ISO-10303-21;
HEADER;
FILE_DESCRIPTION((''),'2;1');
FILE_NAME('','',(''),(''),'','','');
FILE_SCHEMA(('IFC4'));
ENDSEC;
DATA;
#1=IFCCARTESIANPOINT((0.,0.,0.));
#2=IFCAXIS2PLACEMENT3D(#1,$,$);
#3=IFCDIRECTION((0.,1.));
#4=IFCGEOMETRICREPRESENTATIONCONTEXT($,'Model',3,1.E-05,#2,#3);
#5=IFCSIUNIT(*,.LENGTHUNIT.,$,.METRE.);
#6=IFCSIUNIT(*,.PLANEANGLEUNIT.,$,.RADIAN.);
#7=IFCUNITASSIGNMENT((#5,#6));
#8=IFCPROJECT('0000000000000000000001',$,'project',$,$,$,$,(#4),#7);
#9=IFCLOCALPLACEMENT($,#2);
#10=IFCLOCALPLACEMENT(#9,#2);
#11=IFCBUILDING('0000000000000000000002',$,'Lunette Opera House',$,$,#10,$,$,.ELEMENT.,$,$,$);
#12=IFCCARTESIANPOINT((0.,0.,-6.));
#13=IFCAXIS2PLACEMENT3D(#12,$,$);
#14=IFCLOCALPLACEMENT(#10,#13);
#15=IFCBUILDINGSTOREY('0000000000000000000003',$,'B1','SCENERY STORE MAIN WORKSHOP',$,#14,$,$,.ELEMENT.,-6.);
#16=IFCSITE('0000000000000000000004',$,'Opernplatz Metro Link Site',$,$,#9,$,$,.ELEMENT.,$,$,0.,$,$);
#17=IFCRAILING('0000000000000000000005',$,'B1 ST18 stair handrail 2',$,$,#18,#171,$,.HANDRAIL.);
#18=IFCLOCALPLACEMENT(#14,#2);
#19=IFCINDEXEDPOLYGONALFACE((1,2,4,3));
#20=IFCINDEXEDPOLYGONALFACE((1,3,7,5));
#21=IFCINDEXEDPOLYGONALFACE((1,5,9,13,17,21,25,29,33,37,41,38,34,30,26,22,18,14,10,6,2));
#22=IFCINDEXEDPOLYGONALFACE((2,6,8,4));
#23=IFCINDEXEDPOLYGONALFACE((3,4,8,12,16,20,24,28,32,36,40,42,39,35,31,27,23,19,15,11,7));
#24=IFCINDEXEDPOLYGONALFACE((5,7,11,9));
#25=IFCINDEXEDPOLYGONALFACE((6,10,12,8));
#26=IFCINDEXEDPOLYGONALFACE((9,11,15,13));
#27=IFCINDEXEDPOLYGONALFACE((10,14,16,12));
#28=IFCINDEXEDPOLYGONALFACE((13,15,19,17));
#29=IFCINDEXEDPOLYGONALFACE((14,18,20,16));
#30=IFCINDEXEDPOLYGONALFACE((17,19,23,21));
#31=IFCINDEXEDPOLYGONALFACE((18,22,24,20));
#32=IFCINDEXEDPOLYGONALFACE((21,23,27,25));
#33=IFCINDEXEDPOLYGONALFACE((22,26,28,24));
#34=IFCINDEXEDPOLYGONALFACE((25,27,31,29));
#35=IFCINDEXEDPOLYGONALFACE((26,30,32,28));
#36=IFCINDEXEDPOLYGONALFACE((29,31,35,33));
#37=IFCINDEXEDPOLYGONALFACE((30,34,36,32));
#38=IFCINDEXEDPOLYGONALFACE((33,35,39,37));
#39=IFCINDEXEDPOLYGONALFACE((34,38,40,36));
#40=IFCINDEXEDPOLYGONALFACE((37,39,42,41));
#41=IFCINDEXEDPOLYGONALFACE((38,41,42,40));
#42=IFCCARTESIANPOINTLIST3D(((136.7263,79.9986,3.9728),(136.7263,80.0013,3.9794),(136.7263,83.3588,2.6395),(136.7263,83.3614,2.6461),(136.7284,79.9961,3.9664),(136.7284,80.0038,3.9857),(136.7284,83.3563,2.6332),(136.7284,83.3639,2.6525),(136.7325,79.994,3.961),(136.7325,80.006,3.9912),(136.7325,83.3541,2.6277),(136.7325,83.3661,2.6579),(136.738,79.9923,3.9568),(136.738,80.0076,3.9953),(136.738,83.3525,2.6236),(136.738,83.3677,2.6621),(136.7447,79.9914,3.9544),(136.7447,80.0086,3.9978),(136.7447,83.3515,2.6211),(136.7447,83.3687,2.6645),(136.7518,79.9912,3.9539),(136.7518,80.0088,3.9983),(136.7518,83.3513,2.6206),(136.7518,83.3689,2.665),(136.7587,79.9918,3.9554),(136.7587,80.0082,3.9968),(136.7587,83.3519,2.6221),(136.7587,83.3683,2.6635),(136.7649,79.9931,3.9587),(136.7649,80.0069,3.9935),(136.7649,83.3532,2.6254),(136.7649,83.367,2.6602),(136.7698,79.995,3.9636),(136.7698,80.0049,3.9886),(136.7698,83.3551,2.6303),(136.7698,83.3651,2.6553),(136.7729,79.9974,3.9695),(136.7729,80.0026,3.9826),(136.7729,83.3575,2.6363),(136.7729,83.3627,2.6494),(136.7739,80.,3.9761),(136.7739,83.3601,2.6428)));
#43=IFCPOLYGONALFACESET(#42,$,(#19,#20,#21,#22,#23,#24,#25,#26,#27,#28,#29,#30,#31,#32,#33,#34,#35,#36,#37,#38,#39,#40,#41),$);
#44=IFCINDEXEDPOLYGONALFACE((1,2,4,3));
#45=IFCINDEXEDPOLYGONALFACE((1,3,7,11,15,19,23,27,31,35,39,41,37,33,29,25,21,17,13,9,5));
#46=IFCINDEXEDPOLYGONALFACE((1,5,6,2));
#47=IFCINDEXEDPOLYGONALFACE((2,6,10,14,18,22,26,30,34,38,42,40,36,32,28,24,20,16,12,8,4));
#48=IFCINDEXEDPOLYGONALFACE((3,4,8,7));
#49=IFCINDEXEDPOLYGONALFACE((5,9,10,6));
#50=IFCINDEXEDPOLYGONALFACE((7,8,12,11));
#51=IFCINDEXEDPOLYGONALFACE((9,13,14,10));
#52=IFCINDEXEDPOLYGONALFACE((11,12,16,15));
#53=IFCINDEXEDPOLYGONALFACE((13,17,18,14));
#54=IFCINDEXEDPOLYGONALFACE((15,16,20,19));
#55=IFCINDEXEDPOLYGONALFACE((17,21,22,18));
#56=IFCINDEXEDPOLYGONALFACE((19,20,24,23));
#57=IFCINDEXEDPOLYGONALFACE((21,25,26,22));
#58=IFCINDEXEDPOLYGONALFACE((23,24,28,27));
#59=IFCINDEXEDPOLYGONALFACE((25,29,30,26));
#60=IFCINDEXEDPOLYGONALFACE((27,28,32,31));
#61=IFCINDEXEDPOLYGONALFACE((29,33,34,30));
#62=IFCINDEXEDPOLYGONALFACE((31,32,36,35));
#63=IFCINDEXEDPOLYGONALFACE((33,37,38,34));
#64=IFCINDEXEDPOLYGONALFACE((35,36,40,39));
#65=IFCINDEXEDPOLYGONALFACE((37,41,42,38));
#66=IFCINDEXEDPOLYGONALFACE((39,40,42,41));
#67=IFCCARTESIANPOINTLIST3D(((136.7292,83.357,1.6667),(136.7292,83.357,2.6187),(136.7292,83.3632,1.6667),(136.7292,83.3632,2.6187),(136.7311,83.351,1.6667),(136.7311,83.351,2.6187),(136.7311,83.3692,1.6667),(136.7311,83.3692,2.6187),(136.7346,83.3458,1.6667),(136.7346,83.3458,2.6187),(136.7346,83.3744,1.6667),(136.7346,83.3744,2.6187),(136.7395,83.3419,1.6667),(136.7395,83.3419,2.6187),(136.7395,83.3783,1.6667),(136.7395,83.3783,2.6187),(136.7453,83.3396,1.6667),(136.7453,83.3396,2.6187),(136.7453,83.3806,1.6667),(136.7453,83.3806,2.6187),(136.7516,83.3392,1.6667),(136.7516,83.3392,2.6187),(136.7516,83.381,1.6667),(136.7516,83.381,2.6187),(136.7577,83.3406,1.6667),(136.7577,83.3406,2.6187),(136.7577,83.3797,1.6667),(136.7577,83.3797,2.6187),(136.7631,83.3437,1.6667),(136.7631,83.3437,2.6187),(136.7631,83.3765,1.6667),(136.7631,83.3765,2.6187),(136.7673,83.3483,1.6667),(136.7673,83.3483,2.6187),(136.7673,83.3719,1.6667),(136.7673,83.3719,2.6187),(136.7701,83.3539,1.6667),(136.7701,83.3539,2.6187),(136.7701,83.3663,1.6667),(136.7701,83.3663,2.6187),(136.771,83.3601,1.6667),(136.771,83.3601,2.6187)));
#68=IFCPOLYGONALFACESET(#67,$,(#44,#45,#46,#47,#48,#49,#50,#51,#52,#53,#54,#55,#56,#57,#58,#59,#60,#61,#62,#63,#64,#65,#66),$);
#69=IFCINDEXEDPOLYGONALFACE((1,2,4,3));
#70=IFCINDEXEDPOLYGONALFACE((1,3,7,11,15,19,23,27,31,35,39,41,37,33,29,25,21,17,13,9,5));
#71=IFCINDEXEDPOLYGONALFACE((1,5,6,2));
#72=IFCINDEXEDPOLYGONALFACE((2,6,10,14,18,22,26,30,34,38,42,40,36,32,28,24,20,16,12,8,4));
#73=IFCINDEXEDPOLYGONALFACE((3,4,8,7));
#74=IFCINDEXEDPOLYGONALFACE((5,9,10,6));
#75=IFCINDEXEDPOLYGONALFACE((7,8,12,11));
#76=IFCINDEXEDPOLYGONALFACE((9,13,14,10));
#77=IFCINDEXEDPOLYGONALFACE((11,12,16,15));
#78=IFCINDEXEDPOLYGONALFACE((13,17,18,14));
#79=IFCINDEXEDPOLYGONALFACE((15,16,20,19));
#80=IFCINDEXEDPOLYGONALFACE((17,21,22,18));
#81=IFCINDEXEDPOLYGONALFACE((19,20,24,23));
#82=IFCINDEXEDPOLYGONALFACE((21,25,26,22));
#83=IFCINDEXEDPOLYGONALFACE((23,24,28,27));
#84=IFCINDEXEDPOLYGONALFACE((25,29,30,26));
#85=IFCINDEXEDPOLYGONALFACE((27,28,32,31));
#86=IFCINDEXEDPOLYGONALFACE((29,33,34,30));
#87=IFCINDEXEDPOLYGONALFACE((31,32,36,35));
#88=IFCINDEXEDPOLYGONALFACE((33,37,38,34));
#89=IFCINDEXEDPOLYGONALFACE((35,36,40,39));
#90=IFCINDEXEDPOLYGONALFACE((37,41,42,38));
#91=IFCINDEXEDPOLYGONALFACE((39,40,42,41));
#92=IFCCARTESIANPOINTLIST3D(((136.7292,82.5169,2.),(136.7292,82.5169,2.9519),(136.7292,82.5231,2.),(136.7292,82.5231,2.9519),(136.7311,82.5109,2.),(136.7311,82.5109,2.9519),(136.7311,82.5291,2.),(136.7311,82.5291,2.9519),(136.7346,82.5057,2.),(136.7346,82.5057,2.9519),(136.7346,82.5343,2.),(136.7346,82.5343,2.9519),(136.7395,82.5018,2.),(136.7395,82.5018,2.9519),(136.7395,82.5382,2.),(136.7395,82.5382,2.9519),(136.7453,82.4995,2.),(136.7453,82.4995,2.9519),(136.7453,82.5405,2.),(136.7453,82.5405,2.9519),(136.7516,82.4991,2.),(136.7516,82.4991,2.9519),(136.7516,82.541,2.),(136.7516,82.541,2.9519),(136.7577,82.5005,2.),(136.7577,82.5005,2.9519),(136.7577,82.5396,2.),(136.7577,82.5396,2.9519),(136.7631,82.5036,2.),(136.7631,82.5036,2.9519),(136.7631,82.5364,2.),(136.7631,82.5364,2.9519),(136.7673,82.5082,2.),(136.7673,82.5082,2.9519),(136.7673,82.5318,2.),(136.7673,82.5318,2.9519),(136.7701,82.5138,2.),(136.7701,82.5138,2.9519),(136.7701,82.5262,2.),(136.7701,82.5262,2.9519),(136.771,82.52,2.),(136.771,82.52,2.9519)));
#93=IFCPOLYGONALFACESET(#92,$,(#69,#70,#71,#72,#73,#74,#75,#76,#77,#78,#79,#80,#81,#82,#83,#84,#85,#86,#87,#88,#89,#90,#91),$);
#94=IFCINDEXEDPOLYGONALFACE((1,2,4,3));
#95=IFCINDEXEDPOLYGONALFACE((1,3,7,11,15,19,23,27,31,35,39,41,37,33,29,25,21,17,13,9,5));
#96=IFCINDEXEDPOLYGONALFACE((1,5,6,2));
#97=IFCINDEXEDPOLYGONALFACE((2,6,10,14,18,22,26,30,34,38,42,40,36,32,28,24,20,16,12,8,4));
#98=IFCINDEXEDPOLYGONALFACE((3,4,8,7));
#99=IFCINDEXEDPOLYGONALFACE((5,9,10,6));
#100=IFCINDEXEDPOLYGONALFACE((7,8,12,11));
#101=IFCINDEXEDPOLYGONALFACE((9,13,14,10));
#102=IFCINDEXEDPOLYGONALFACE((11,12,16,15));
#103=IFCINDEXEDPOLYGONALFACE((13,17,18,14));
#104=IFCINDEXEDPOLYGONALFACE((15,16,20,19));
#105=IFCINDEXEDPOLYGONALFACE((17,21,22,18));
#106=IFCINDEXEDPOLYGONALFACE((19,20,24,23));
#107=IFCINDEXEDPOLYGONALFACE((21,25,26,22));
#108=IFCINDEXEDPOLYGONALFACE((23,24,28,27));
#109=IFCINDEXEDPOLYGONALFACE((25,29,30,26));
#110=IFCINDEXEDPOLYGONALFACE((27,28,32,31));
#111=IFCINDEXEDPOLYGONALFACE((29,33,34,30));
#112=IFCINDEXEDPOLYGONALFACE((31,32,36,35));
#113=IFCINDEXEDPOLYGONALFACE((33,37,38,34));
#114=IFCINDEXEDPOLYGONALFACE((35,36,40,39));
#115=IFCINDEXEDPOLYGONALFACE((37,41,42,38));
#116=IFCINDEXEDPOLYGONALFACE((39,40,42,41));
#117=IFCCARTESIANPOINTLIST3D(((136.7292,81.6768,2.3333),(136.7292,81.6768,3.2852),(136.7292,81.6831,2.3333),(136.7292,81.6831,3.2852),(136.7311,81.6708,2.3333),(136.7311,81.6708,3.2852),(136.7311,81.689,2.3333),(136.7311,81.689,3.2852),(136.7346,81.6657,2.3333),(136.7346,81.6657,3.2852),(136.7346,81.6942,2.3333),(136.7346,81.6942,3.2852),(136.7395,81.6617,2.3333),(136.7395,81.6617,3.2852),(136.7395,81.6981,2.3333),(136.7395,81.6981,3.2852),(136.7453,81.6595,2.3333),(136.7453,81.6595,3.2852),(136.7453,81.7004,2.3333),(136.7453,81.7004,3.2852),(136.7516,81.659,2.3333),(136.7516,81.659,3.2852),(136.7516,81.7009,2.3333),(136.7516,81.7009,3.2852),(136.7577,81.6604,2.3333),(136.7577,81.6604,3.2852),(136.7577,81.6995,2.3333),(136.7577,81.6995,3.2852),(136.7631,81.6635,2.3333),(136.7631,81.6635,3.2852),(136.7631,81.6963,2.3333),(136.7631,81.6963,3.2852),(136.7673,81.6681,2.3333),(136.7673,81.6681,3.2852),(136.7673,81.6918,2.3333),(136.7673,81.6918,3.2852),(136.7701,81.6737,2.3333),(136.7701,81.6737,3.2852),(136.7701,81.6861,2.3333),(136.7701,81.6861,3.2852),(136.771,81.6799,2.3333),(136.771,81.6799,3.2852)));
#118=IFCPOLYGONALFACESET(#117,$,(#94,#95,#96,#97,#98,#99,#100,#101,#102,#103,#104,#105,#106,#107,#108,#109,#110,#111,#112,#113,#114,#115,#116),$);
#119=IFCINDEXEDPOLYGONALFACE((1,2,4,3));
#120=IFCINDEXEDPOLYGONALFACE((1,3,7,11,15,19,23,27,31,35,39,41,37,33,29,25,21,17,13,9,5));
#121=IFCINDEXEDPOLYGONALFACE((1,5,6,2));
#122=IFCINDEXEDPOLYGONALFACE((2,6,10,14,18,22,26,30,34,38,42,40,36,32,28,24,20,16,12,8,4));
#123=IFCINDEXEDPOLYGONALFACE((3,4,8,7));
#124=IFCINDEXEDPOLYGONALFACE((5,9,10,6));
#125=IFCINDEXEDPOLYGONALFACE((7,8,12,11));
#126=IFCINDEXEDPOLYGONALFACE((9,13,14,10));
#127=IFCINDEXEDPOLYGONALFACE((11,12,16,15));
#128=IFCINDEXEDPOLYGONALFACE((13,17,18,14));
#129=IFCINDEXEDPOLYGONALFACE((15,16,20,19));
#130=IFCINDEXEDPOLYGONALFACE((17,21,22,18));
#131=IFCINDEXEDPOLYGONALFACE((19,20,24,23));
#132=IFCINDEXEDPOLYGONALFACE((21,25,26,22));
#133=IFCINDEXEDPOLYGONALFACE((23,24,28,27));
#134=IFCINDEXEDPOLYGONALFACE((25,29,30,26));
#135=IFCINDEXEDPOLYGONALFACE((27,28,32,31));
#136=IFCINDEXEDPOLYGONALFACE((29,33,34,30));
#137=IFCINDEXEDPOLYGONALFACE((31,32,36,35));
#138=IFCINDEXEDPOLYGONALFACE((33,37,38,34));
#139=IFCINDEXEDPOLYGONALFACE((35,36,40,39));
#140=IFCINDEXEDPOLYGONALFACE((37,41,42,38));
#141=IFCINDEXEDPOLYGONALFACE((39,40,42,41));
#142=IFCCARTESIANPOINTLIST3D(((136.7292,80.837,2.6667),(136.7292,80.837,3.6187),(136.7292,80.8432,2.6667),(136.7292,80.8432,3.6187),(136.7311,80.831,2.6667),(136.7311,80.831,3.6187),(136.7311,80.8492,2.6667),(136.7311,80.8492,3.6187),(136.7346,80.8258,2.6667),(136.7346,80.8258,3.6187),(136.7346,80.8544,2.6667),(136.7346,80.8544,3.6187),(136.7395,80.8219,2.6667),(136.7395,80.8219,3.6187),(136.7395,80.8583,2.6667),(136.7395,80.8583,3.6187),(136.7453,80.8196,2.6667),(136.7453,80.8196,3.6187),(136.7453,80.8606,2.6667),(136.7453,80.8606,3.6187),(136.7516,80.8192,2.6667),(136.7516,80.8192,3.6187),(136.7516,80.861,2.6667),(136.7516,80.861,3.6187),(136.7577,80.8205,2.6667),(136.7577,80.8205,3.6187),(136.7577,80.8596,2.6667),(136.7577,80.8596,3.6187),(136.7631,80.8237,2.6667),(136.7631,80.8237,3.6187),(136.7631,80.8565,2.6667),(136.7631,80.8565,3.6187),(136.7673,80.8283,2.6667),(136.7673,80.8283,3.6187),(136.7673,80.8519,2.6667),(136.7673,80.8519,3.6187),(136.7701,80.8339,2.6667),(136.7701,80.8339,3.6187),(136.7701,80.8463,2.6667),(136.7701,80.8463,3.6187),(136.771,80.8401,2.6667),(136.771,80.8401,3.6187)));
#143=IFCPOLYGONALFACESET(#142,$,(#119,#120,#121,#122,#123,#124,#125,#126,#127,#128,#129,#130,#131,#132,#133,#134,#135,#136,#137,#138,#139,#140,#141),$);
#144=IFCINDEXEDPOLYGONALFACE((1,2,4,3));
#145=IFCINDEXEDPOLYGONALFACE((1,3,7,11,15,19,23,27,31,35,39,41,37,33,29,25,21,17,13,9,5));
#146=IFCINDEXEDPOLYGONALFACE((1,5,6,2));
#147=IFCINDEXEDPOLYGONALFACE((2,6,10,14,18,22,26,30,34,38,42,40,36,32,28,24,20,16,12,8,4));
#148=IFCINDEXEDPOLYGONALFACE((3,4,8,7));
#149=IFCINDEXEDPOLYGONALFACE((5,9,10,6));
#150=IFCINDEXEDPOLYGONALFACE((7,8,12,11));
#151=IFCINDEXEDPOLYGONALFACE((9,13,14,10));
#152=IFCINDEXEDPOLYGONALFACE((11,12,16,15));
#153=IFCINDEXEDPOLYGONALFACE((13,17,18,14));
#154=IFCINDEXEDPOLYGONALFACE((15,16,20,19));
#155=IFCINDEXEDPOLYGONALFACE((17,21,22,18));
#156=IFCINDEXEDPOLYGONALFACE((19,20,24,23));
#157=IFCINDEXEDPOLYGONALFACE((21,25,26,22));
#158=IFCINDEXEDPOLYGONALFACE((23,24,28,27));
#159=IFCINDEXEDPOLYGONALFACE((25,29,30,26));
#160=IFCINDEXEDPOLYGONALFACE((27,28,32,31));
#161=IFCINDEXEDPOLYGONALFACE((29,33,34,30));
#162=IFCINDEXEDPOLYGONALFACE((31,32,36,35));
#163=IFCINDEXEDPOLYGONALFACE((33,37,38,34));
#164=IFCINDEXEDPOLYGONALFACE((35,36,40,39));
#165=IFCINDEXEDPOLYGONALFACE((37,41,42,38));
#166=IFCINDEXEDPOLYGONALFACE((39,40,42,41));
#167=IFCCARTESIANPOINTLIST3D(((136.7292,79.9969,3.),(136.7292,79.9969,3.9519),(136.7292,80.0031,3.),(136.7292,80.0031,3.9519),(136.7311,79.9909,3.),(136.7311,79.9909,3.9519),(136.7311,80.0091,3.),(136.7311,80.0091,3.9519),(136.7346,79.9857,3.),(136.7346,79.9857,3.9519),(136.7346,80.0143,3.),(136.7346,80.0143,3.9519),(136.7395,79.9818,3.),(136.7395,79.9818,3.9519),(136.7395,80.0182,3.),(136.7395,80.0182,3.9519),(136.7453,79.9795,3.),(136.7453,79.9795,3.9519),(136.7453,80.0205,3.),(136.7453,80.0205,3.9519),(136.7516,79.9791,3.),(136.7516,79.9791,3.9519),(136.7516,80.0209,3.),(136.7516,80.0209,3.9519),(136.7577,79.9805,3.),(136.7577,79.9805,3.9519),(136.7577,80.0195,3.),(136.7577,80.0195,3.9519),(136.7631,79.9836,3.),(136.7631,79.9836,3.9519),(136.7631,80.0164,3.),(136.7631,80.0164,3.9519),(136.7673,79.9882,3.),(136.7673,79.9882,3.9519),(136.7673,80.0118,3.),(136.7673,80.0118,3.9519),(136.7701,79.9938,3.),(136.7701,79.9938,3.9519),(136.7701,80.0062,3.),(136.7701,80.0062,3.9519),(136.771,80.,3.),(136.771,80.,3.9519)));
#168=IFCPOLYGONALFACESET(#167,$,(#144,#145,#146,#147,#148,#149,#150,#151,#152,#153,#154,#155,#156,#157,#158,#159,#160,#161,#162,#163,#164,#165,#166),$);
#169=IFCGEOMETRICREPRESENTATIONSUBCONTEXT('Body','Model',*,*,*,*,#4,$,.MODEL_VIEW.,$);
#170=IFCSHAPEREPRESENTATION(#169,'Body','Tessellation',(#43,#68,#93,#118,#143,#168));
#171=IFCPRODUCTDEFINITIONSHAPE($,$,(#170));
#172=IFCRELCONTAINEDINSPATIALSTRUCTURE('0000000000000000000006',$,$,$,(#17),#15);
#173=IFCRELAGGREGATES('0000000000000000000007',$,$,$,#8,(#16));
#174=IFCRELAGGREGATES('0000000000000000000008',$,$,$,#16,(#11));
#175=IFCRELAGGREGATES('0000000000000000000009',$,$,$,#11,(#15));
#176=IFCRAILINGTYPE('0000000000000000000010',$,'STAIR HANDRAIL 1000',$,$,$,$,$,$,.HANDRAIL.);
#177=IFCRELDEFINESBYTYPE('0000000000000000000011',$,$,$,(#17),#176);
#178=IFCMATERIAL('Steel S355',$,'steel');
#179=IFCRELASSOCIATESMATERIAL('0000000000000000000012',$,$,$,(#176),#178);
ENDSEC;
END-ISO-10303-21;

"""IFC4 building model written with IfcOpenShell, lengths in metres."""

from ifc_helpers import new_model, si_unit, direction, frame, origin, origin_2d, place, context, subcontext, project, spatial, circle, extrude, material, type_object, element, save


model = new_model("IFC4")

# Units and contexts
model_context = context("Model", 3, precision=1e-05, world=origin(), true_north=direction((0.0, 1.0)))
body_context = subcontext(model_context, "Body", "Model", "MODEL_VIEW")
ifc_project = project(units=[si_unit("LENGTHUNIT", "METRE"), si_unit("PLANEANGLEUNIT", "RADIAN")], contexts=[model_context])

# Site, building, storey
site_placement = place(None, origin())
site = spatial("IfcSite", under=ifc_project, at=site_placement, Name="Opernplatz Metro Link Site", CompositionType="ELEMENT", RefElevation=0.0)
building_placement = place(site_placement, origin())
building = spatial("IfcBuilding", under=site, at=building_placement, Name="Lunette Opera House", CompositionType="ELEMENT")
storey_placement = place(building_placement, frame((0.0, 0.0, -6.0)))
storey = spatial("IfcBuildingStorey", under=building, at=storey_placement, Name="B1", Description="SCENERY STORE MAIN WORKSHOP", CompositionType="ELEMENT", Elevation=-6.0)

# Railing
ifc_material_1 = material(Name="Steel S355", Category="steel")
railing_type_1 = type_object("IfcRailingType", Name="STAIR HANDRAIL 1000", PredefinedType="HANDRAIL", material=ifc_material_1)
railing_1_placement = place(storey_placement, frame((136.75, 83.3601, 1.6667)))
element("IfcRailing", 1, at=railing_1_placement, inside=storey, type_object=railing_type_1, Name="B1 ST18 stair handrail 2", PredefinedType="HANDRAIL", context=body_context, shape_type="SweptSolid", body=[
    extrude(circle(Radius=0.0239, at=origin_2d()), frame((0.0, 0.0, 0.9761), z_axis=(0.0, -0.929502, 0.368816), x_axis=(1.0, 0.0, 0.0)), (0.0, 0.0, 1.0), 3.615),
    extrude(circle(Radius=0.021, at=origin_2d()), origin(), (0.0, 0.0, 1.0), 0.9519),
    extrude(circle(Radius=0.021, at=origin_2d()), frame((0.0, -0.8401, 0.3333)), (0.0, 0.0, 1.0), 0.9519),
    extrude(circle(Radius=0.021, at=origin_2d()), frame((0.0, -1.6802, 0.6665)), (0.0, 0.0, 1.0), 0.9519),
    extrude(circle(Radius=0.021, at=origin_2d()), frame((0.0, -2.52, 1.0)), (0.0, 0.0, 1.0), 0.9519),
    extrude(circle(Radius=0.021, at=origin_2d()), frame((0.0, -3.3601, 1.3333)), (0.0, 0.0, 1.0), 0.9519),
])

save(model, "model.ifc")
